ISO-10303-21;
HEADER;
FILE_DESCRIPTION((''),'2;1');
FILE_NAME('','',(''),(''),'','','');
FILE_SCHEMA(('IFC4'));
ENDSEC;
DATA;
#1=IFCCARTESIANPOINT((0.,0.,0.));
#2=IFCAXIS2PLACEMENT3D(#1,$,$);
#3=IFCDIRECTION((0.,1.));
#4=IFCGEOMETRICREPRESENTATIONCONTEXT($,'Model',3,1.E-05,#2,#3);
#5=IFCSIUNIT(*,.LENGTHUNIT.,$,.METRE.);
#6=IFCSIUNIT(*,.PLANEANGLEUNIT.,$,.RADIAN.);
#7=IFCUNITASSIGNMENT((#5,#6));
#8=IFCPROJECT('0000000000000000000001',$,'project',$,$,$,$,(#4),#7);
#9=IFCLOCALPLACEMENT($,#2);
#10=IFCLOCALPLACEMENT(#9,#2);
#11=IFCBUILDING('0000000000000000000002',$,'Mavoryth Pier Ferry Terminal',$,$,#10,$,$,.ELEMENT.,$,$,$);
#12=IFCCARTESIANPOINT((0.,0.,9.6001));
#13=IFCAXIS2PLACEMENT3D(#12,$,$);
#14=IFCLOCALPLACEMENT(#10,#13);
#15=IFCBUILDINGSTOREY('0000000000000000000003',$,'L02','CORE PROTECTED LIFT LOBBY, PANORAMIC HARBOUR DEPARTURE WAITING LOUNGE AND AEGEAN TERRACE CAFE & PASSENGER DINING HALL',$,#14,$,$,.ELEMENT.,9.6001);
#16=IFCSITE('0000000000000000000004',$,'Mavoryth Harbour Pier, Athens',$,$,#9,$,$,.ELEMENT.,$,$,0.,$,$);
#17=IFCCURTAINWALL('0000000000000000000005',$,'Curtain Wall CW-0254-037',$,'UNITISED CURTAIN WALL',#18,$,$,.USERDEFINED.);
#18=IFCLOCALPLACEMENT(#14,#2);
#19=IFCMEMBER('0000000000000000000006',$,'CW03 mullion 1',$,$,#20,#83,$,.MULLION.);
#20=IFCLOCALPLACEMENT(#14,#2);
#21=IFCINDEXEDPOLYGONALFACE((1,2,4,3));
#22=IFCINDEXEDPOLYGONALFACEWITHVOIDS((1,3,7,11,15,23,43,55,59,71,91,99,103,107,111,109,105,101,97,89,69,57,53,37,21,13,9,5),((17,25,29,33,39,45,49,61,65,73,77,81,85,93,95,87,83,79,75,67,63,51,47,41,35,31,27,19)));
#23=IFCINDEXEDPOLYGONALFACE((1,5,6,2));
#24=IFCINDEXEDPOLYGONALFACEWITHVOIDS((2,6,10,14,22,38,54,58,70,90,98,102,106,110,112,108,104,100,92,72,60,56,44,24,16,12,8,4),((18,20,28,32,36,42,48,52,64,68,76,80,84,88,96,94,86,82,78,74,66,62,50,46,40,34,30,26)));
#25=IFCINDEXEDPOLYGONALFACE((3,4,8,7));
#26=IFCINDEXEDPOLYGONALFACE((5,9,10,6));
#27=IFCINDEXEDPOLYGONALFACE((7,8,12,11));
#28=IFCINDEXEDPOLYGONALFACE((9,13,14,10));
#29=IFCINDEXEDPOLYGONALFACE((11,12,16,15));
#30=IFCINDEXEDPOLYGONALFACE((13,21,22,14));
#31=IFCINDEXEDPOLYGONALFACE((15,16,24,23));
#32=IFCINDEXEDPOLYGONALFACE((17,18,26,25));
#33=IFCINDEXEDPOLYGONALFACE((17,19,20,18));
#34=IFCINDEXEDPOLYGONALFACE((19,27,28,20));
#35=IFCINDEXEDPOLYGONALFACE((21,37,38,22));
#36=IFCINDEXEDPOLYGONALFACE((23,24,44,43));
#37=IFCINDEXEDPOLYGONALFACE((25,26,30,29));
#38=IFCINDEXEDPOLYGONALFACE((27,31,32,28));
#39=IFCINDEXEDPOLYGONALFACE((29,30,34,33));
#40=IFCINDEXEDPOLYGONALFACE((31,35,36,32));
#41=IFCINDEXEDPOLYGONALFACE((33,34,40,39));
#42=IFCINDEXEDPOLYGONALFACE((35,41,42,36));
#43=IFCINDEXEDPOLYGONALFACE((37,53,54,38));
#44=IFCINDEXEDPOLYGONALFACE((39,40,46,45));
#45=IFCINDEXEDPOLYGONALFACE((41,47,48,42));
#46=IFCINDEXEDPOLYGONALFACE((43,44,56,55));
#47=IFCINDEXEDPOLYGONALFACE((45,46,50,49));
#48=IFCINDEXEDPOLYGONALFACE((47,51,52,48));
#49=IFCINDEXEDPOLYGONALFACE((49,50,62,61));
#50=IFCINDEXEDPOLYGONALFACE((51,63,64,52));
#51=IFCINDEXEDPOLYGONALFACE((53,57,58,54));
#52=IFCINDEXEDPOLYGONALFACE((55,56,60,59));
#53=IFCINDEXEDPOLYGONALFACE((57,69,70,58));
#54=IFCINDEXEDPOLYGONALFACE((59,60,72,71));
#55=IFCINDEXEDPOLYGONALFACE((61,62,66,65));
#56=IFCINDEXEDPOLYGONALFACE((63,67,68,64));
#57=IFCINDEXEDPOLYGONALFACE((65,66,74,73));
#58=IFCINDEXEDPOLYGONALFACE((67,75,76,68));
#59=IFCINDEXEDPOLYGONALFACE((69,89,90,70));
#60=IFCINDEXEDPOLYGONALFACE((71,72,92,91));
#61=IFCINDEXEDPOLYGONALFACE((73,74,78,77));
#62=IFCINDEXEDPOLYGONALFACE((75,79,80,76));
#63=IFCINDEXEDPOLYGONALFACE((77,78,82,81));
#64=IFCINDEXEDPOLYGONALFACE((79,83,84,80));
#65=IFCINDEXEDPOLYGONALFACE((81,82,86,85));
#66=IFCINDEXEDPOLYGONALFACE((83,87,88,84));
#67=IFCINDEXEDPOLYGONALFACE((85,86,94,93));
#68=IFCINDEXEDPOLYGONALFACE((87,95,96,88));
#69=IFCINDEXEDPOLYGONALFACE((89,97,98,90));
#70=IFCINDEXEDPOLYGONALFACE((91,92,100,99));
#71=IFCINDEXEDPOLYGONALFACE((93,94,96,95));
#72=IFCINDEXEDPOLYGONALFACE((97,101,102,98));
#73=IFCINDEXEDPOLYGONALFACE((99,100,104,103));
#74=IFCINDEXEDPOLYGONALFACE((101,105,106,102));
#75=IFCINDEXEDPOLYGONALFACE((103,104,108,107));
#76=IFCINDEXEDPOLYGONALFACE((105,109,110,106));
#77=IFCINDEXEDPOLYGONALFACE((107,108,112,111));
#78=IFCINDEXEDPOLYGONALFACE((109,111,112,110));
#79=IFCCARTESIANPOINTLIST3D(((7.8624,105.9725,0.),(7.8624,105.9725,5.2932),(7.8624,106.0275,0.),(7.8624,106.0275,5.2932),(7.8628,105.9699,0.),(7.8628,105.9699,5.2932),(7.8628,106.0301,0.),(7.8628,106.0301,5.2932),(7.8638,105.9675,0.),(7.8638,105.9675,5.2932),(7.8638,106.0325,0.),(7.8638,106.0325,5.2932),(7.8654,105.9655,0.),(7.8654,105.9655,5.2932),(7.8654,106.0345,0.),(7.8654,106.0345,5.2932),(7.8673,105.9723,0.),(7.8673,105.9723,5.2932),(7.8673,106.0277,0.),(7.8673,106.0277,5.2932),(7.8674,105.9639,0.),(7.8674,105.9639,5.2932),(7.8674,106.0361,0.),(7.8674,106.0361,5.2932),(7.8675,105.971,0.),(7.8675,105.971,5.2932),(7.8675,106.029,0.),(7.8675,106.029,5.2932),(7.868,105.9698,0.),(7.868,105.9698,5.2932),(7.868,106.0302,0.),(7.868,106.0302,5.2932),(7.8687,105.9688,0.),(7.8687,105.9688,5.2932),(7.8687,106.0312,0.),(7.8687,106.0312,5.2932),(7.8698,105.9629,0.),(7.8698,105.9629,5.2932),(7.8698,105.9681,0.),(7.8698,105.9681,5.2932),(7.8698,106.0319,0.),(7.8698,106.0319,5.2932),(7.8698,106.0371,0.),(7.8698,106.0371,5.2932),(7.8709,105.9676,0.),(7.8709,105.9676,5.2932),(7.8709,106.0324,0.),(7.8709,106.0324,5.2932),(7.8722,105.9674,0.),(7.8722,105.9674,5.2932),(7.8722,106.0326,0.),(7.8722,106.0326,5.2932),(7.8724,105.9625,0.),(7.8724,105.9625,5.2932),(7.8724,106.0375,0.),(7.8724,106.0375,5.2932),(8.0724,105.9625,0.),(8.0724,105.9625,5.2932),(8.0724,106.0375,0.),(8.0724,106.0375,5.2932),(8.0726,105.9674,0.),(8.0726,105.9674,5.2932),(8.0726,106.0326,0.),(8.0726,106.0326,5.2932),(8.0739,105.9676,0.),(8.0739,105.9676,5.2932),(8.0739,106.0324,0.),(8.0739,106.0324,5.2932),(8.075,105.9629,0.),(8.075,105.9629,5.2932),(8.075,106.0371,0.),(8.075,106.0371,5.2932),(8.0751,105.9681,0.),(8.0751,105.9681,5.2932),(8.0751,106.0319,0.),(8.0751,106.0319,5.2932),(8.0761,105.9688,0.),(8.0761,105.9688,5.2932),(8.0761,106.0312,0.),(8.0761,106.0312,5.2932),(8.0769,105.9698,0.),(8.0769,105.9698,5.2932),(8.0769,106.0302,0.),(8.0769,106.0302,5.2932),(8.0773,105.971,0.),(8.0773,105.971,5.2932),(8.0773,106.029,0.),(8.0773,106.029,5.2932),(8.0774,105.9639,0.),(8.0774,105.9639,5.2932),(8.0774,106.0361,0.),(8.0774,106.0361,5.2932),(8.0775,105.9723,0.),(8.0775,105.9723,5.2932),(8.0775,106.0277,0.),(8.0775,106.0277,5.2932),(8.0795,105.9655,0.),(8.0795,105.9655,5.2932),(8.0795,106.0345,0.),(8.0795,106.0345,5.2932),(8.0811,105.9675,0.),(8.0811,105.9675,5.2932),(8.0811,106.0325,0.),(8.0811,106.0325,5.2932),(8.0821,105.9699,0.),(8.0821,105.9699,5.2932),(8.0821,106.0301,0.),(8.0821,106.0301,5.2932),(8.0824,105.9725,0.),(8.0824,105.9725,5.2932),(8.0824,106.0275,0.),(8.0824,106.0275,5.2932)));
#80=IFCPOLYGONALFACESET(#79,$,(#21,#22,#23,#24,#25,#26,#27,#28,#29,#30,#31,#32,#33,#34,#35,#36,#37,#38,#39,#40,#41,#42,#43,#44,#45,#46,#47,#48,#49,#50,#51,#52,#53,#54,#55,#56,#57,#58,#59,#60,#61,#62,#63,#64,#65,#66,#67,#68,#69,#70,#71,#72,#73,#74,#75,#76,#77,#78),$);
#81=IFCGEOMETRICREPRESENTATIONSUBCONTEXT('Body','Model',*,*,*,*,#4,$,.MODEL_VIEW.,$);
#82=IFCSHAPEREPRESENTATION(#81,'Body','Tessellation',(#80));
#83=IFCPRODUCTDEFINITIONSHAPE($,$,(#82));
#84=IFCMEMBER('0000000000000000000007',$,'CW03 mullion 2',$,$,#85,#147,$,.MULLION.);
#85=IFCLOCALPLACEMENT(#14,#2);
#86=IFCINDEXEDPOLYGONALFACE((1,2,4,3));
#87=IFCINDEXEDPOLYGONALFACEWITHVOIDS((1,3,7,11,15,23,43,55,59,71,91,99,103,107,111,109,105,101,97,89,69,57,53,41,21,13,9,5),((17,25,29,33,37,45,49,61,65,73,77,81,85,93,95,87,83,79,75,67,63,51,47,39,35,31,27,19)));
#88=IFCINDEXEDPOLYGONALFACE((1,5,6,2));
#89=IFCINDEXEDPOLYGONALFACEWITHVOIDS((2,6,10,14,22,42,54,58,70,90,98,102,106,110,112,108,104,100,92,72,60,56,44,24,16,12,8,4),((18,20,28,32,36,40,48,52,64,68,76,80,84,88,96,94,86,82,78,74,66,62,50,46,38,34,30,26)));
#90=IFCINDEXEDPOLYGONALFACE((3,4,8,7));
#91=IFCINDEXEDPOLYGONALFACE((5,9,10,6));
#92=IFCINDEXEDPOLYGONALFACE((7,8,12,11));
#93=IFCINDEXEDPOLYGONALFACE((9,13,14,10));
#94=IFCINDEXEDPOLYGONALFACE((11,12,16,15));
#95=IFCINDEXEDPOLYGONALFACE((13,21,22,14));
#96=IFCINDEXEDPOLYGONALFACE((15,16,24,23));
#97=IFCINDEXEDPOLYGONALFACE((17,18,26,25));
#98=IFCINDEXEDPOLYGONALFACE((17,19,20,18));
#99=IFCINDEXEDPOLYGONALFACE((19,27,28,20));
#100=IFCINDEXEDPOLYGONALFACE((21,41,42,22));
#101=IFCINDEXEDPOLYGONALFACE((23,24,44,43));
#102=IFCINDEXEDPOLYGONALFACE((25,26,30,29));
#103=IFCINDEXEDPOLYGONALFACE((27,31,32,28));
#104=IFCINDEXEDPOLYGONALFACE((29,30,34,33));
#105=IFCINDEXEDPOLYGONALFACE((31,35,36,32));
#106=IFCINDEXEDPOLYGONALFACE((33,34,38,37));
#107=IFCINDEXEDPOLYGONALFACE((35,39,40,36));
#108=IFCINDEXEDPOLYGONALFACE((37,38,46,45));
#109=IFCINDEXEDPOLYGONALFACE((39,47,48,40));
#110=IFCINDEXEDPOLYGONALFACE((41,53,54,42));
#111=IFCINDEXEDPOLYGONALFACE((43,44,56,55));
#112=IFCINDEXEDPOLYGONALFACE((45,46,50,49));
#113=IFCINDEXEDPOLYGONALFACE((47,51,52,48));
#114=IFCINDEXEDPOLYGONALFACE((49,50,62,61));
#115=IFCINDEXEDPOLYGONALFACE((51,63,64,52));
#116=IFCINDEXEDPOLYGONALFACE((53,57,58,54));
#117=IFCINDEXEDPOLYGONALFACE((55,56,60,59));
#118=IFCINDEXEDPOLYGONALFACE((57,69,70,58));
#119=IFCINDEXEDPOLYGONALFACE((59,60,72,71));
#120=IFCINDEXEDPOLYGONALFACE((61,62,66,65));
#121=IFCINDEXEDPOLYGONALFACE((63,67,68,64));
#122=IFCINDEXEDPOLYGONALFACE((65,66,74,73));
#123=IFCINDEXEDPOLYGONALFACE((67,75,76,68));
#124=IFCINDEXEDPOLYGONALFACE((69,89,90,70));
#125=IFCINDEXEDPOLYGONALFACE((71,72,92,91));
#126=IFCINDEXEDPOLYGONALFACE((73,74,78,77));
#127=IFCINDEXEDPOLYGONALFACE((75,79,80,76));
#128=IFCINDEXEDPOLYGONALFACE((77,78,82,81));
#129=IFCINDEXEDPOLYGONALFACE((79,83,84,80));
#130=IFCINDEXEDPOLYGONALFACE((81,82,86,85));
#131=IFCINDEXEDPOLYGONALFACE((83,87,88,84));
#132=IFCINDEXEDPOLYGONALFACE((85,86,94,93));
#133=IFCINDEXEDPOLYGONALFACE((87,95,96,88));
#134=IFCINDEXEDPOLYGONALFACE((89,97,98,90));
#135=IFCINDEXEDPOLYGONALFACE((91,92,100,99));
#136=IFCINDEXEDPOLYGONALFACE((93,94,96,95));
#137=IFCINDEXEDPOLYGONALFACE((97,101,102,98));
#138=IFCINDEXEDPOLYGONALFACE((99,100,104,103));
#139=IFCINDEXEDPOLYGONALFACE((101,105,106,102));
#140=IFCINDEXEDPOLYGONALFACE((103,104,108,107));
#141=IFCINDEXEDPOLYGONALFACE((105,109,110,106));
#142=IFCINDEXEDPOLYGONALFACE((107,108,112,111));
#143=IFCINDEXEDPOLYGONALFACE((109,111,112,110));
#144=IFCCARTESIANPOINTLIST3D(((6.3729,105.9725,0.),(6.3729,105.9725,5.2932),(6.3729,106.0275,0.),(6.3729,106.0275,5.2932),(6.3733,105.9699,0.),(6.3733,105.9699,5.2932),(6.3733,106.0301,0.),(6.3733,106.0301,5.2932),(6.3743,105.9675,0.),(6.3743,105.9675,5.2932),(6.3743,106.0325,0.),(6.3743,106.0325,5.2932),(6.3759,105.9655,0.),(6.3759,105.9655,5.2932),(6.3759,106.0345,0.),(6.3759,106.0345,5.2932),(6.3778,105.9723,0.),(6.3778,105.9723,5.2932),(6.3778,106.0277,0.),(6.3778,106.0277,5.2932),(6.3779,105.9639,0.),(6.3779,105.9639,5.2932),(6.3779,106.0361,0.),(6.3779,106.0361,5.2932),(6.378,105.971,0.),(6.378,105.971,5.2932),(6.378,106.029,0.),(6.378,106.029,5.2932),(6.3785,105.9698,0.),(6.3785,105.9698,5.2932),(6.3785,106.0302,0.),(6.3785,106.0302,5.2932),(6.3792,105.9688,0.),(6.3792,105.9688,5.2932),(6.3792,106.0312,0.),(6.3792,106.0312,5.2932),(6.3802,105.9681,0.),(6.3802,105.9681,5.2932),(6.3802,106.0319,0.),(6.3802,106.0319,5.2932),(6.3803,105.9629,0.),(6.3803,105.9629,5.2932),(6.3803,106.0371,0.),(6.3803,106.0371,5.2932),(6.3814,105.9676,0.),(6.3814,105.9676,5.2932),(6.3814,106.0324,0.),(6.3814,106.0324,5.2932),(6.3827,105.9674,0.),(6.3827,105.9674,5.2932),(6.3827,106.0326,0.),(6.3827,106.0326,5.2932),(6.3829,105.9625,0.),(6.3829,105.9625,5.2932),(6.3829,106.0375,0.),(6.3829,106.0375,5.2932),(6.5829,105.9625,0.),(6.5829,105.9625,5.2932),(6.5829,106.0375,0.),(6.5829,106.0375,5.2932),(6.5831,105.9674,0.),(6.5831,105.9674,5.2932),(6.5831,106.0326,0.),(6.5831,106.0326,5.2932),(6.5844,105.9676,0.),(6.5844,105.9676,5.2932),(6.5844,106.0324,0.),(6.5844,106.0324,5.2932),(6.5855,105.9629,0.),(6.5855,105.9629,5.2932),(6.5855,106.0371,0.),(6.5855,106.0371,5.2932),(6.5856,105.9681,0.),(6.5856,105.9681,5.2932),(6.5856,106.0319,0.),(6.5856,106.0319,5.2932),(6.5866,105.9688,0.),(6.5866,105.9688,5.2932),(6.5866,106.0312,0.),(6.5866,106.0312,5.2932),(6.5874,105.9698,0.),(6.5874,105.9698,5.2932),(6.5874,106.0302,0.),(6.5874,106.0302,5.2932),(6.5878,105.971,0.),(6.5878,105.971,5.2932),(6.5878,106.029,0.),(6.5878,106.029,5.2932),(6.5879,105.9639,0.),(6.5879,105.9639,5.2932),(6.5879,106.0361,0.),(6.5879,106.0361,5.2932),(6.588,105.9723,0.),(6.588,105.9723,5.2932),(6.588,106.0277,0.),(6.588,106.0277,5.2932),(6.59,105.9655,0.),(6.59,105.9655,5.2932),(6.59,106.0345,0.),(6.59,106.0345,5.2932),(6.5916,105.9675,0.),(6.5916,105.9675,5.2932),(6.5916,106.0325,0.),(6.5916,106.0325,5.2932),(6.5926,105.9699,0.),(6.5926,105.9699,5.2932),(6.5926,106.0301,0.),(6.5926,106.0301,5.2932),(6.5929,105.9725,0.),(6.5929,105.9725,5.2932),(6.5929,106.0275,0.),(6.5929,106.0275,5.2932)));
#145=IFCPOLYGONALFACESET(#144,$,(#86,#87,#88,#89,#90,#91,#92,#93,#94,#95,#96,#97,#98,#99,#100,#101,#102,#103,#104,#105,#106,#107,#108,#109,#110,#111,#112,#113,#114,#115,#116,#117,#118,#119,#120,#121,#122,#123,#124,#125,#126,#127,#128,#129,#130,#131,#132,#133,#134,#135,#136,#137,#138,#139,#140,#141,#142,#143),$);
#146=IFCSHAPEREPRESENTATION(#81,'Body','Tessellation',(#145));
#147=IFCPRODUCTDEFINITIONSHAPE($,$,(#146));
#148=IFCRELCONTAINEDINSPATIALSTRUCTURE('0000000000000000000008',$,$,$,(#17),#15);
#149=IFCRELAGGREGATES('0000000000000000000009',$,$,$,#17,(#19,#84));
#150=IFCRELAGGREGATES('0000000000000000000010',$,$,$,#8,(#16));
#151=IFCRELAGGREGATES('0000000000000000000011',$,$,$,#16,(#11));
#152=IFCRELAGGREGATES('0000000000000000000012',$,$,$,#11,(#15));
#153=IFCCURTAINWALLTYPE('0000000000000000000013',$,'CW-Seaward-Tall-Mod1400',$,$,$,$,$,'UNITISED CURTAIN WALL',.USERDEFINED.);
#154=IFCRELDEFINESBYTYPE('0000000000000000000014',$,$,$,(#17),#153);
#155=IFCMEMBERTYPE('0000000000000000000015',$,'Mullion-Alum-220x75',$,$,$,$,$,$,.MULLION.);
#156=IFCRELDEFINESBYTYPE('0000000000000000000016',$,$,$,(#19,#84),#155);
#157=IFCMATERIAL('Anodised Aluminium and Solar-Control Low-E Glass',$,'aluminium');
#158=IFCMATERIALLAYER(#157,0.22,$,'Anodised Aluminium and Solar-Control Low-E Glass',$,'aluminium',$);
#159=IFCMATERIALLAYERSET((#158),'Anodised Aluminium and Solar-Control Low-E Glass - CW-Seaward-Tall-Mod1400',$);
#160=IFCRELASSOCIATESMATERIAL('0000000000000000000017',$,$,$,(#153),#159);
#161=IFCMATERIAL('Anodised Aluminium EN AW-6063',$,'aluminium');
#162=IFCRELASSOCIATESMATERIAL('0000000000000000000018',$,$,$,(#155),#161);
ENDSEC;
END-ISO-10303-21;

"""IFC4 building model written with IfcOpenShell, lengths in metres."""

from ifc_helpers import new_model, si_unit, direction, frame, origin, origin_2d, place, context, subcontext, project, spatial, hollow_rectangle, extrude, material, layer, layer_set, material_profile, profile_set, type_object, element, aggregate, save


model = new_model("IFC4")

# Units and contexts
model_context = context("Model", 3, precision=1e-05, world=origin(), true_north=direction((0.0, 1.0)))
body_context = subcontext(model_context, "Body", "Model", "MODEL_VIEW")
ifc_project = project(units=[si_unit("LENGTHUNIT", "METRE"), si_unit("PLANEANGLEUNIT", "RADIAN")], contexts=[model_context])

# Site, building, storey
site_placement = place(None, origin())
site = spatial("IfcSite", under=ifc_project, at=site_placement, Name="Mavoryth Harbour Pier, Athens", CompositionType="ELEMENT", RefElevation=0.0)
building_placement = place(site_placement, origin())
building = spatial("IfcBuilding", under=site, at=building_placement, Name="Mavoryth Pier Ferry Terminal", CompositionType="ELEMENT")
storey_placement = place(building_placement, frame((0.0, 0.0, 9.6001)))
storey = spatial("IfcBuildingStorey", under=building, at=storey_placement, Name="L02", Description="CORE PROTECTED LIFT LOBBY, PANORAMIC HARBOUR DEPARTURE WAITING LOUNGE AND AEGEAN TERRACE CAFE & PASSENGER DINING HALL", CompositionType="ELEMENT", Elevation=9.6001)

# Curtain wall, members
ifc_material_1 = material(Name="Anodised Aluminium and Solar-Control Low-E Glass", Category="aluminium")
ifc_layer_1 = layer(ifc_material_1, 0.22, Name="Anodised Aluminium and Solar-Control Low-E Glass", Category="aluminium")
ifc_layer_set_1 = layer_set([ifc_layer_1], Name="Anodised Aluminium and Solar-Control Low-E Glass - CW-Seaward-Tall-Mod1400")
curtain_wall_type = type_object("IfcCurtainWallType", Name="CW-Seaward-Tall-Mod1400", ElementType="UNITISED CURTAIN WALL", PredefinedType="USERDEFINED", material=ifc_layer_set_1)
curtain_wall_placement = place(storey_placement, origin())
curtain_wall = element("IfcCurtainWall", 1, at=curtain_wall_placement, inside=storey, type_object=curtain_wall_type, Name="Curtain Wall CW-0254-037", ObjectType="UNITISED CURTAIN WALL", PredefinedType="USERDEFINED")
ifc_material_2 = material(Name="Anodised Aluminium EN AW-6063", Category="aluminium")
ifc_material_profile_1 = material_profile(ifc_material_2, hollow_rectangle(XDim=0.075, YDim=0.22, WallThickness=0.0049, InnerFilletRadius=0.0049, OuterFilletRadius=0.01, at=origin_2d()), Name="AL-MULL 220x75x5", Category="aluminium")
ifc_profile_set_1 = profile_set([ifc_material_profile_1], Name="Anodised Aluminium EN AW-6063 - AL-MULL 220x75x5")
member_type_1 = type_object("IfcMemberType", Name="Mullion-Alum-220x75", PredefinedType="MULLION", material=ifc_profile_set_1)
member_1_placement = place(storey_placement, frame((7.9724, 106.0, 0.0), z_axis=(0.0, 0.0, 1.0), x_axis=(0.0, -1.0, 0.0)))
member_1 = element("IfcMember", 2, at=member_1_placement, type_object=member_type_1, Name="CW03 mullion 1", PredefinedType="MULLION", context=body_context, shape_type="SweptSolid", body=[
    extrude(hollow_rectangle(XDim=0.075, YDim=0.22, WallThickness=0.0049, InnerFilletRadius=0.0049, OuterFilletRadius=0.01, at=origin_2d()), origin(), (0.0, 0.0, 1.0), 5.2932),
])
member_2_placement = place(storey_placement, frame((6.4829, 106.0, 0.0), z_axis=(0.0, 0.0, 1.0), x_axis=(0.0, -1.0, 0.0)))
member_2 = element("IfcMember", 3, at=member_2_placement, type_object=member_type_1, Name="CW03 mullion 2", PredefinedType="MULLION", context=body_context, shape_type="SweptSolid", body=[
    extrude(hollow_rectangle(XDim=0.075, YDim=0.22, WallThickness=0.0049, InnerFilletRadius=0.0049, OuterFilletRadius=0.01, at=origin_2d()), origin(), (0.0, 0.0, 1.0), 5.2932),
])
aggregate(curtain_wall, [member_1, member_2])

save(model, "model.ifc")
